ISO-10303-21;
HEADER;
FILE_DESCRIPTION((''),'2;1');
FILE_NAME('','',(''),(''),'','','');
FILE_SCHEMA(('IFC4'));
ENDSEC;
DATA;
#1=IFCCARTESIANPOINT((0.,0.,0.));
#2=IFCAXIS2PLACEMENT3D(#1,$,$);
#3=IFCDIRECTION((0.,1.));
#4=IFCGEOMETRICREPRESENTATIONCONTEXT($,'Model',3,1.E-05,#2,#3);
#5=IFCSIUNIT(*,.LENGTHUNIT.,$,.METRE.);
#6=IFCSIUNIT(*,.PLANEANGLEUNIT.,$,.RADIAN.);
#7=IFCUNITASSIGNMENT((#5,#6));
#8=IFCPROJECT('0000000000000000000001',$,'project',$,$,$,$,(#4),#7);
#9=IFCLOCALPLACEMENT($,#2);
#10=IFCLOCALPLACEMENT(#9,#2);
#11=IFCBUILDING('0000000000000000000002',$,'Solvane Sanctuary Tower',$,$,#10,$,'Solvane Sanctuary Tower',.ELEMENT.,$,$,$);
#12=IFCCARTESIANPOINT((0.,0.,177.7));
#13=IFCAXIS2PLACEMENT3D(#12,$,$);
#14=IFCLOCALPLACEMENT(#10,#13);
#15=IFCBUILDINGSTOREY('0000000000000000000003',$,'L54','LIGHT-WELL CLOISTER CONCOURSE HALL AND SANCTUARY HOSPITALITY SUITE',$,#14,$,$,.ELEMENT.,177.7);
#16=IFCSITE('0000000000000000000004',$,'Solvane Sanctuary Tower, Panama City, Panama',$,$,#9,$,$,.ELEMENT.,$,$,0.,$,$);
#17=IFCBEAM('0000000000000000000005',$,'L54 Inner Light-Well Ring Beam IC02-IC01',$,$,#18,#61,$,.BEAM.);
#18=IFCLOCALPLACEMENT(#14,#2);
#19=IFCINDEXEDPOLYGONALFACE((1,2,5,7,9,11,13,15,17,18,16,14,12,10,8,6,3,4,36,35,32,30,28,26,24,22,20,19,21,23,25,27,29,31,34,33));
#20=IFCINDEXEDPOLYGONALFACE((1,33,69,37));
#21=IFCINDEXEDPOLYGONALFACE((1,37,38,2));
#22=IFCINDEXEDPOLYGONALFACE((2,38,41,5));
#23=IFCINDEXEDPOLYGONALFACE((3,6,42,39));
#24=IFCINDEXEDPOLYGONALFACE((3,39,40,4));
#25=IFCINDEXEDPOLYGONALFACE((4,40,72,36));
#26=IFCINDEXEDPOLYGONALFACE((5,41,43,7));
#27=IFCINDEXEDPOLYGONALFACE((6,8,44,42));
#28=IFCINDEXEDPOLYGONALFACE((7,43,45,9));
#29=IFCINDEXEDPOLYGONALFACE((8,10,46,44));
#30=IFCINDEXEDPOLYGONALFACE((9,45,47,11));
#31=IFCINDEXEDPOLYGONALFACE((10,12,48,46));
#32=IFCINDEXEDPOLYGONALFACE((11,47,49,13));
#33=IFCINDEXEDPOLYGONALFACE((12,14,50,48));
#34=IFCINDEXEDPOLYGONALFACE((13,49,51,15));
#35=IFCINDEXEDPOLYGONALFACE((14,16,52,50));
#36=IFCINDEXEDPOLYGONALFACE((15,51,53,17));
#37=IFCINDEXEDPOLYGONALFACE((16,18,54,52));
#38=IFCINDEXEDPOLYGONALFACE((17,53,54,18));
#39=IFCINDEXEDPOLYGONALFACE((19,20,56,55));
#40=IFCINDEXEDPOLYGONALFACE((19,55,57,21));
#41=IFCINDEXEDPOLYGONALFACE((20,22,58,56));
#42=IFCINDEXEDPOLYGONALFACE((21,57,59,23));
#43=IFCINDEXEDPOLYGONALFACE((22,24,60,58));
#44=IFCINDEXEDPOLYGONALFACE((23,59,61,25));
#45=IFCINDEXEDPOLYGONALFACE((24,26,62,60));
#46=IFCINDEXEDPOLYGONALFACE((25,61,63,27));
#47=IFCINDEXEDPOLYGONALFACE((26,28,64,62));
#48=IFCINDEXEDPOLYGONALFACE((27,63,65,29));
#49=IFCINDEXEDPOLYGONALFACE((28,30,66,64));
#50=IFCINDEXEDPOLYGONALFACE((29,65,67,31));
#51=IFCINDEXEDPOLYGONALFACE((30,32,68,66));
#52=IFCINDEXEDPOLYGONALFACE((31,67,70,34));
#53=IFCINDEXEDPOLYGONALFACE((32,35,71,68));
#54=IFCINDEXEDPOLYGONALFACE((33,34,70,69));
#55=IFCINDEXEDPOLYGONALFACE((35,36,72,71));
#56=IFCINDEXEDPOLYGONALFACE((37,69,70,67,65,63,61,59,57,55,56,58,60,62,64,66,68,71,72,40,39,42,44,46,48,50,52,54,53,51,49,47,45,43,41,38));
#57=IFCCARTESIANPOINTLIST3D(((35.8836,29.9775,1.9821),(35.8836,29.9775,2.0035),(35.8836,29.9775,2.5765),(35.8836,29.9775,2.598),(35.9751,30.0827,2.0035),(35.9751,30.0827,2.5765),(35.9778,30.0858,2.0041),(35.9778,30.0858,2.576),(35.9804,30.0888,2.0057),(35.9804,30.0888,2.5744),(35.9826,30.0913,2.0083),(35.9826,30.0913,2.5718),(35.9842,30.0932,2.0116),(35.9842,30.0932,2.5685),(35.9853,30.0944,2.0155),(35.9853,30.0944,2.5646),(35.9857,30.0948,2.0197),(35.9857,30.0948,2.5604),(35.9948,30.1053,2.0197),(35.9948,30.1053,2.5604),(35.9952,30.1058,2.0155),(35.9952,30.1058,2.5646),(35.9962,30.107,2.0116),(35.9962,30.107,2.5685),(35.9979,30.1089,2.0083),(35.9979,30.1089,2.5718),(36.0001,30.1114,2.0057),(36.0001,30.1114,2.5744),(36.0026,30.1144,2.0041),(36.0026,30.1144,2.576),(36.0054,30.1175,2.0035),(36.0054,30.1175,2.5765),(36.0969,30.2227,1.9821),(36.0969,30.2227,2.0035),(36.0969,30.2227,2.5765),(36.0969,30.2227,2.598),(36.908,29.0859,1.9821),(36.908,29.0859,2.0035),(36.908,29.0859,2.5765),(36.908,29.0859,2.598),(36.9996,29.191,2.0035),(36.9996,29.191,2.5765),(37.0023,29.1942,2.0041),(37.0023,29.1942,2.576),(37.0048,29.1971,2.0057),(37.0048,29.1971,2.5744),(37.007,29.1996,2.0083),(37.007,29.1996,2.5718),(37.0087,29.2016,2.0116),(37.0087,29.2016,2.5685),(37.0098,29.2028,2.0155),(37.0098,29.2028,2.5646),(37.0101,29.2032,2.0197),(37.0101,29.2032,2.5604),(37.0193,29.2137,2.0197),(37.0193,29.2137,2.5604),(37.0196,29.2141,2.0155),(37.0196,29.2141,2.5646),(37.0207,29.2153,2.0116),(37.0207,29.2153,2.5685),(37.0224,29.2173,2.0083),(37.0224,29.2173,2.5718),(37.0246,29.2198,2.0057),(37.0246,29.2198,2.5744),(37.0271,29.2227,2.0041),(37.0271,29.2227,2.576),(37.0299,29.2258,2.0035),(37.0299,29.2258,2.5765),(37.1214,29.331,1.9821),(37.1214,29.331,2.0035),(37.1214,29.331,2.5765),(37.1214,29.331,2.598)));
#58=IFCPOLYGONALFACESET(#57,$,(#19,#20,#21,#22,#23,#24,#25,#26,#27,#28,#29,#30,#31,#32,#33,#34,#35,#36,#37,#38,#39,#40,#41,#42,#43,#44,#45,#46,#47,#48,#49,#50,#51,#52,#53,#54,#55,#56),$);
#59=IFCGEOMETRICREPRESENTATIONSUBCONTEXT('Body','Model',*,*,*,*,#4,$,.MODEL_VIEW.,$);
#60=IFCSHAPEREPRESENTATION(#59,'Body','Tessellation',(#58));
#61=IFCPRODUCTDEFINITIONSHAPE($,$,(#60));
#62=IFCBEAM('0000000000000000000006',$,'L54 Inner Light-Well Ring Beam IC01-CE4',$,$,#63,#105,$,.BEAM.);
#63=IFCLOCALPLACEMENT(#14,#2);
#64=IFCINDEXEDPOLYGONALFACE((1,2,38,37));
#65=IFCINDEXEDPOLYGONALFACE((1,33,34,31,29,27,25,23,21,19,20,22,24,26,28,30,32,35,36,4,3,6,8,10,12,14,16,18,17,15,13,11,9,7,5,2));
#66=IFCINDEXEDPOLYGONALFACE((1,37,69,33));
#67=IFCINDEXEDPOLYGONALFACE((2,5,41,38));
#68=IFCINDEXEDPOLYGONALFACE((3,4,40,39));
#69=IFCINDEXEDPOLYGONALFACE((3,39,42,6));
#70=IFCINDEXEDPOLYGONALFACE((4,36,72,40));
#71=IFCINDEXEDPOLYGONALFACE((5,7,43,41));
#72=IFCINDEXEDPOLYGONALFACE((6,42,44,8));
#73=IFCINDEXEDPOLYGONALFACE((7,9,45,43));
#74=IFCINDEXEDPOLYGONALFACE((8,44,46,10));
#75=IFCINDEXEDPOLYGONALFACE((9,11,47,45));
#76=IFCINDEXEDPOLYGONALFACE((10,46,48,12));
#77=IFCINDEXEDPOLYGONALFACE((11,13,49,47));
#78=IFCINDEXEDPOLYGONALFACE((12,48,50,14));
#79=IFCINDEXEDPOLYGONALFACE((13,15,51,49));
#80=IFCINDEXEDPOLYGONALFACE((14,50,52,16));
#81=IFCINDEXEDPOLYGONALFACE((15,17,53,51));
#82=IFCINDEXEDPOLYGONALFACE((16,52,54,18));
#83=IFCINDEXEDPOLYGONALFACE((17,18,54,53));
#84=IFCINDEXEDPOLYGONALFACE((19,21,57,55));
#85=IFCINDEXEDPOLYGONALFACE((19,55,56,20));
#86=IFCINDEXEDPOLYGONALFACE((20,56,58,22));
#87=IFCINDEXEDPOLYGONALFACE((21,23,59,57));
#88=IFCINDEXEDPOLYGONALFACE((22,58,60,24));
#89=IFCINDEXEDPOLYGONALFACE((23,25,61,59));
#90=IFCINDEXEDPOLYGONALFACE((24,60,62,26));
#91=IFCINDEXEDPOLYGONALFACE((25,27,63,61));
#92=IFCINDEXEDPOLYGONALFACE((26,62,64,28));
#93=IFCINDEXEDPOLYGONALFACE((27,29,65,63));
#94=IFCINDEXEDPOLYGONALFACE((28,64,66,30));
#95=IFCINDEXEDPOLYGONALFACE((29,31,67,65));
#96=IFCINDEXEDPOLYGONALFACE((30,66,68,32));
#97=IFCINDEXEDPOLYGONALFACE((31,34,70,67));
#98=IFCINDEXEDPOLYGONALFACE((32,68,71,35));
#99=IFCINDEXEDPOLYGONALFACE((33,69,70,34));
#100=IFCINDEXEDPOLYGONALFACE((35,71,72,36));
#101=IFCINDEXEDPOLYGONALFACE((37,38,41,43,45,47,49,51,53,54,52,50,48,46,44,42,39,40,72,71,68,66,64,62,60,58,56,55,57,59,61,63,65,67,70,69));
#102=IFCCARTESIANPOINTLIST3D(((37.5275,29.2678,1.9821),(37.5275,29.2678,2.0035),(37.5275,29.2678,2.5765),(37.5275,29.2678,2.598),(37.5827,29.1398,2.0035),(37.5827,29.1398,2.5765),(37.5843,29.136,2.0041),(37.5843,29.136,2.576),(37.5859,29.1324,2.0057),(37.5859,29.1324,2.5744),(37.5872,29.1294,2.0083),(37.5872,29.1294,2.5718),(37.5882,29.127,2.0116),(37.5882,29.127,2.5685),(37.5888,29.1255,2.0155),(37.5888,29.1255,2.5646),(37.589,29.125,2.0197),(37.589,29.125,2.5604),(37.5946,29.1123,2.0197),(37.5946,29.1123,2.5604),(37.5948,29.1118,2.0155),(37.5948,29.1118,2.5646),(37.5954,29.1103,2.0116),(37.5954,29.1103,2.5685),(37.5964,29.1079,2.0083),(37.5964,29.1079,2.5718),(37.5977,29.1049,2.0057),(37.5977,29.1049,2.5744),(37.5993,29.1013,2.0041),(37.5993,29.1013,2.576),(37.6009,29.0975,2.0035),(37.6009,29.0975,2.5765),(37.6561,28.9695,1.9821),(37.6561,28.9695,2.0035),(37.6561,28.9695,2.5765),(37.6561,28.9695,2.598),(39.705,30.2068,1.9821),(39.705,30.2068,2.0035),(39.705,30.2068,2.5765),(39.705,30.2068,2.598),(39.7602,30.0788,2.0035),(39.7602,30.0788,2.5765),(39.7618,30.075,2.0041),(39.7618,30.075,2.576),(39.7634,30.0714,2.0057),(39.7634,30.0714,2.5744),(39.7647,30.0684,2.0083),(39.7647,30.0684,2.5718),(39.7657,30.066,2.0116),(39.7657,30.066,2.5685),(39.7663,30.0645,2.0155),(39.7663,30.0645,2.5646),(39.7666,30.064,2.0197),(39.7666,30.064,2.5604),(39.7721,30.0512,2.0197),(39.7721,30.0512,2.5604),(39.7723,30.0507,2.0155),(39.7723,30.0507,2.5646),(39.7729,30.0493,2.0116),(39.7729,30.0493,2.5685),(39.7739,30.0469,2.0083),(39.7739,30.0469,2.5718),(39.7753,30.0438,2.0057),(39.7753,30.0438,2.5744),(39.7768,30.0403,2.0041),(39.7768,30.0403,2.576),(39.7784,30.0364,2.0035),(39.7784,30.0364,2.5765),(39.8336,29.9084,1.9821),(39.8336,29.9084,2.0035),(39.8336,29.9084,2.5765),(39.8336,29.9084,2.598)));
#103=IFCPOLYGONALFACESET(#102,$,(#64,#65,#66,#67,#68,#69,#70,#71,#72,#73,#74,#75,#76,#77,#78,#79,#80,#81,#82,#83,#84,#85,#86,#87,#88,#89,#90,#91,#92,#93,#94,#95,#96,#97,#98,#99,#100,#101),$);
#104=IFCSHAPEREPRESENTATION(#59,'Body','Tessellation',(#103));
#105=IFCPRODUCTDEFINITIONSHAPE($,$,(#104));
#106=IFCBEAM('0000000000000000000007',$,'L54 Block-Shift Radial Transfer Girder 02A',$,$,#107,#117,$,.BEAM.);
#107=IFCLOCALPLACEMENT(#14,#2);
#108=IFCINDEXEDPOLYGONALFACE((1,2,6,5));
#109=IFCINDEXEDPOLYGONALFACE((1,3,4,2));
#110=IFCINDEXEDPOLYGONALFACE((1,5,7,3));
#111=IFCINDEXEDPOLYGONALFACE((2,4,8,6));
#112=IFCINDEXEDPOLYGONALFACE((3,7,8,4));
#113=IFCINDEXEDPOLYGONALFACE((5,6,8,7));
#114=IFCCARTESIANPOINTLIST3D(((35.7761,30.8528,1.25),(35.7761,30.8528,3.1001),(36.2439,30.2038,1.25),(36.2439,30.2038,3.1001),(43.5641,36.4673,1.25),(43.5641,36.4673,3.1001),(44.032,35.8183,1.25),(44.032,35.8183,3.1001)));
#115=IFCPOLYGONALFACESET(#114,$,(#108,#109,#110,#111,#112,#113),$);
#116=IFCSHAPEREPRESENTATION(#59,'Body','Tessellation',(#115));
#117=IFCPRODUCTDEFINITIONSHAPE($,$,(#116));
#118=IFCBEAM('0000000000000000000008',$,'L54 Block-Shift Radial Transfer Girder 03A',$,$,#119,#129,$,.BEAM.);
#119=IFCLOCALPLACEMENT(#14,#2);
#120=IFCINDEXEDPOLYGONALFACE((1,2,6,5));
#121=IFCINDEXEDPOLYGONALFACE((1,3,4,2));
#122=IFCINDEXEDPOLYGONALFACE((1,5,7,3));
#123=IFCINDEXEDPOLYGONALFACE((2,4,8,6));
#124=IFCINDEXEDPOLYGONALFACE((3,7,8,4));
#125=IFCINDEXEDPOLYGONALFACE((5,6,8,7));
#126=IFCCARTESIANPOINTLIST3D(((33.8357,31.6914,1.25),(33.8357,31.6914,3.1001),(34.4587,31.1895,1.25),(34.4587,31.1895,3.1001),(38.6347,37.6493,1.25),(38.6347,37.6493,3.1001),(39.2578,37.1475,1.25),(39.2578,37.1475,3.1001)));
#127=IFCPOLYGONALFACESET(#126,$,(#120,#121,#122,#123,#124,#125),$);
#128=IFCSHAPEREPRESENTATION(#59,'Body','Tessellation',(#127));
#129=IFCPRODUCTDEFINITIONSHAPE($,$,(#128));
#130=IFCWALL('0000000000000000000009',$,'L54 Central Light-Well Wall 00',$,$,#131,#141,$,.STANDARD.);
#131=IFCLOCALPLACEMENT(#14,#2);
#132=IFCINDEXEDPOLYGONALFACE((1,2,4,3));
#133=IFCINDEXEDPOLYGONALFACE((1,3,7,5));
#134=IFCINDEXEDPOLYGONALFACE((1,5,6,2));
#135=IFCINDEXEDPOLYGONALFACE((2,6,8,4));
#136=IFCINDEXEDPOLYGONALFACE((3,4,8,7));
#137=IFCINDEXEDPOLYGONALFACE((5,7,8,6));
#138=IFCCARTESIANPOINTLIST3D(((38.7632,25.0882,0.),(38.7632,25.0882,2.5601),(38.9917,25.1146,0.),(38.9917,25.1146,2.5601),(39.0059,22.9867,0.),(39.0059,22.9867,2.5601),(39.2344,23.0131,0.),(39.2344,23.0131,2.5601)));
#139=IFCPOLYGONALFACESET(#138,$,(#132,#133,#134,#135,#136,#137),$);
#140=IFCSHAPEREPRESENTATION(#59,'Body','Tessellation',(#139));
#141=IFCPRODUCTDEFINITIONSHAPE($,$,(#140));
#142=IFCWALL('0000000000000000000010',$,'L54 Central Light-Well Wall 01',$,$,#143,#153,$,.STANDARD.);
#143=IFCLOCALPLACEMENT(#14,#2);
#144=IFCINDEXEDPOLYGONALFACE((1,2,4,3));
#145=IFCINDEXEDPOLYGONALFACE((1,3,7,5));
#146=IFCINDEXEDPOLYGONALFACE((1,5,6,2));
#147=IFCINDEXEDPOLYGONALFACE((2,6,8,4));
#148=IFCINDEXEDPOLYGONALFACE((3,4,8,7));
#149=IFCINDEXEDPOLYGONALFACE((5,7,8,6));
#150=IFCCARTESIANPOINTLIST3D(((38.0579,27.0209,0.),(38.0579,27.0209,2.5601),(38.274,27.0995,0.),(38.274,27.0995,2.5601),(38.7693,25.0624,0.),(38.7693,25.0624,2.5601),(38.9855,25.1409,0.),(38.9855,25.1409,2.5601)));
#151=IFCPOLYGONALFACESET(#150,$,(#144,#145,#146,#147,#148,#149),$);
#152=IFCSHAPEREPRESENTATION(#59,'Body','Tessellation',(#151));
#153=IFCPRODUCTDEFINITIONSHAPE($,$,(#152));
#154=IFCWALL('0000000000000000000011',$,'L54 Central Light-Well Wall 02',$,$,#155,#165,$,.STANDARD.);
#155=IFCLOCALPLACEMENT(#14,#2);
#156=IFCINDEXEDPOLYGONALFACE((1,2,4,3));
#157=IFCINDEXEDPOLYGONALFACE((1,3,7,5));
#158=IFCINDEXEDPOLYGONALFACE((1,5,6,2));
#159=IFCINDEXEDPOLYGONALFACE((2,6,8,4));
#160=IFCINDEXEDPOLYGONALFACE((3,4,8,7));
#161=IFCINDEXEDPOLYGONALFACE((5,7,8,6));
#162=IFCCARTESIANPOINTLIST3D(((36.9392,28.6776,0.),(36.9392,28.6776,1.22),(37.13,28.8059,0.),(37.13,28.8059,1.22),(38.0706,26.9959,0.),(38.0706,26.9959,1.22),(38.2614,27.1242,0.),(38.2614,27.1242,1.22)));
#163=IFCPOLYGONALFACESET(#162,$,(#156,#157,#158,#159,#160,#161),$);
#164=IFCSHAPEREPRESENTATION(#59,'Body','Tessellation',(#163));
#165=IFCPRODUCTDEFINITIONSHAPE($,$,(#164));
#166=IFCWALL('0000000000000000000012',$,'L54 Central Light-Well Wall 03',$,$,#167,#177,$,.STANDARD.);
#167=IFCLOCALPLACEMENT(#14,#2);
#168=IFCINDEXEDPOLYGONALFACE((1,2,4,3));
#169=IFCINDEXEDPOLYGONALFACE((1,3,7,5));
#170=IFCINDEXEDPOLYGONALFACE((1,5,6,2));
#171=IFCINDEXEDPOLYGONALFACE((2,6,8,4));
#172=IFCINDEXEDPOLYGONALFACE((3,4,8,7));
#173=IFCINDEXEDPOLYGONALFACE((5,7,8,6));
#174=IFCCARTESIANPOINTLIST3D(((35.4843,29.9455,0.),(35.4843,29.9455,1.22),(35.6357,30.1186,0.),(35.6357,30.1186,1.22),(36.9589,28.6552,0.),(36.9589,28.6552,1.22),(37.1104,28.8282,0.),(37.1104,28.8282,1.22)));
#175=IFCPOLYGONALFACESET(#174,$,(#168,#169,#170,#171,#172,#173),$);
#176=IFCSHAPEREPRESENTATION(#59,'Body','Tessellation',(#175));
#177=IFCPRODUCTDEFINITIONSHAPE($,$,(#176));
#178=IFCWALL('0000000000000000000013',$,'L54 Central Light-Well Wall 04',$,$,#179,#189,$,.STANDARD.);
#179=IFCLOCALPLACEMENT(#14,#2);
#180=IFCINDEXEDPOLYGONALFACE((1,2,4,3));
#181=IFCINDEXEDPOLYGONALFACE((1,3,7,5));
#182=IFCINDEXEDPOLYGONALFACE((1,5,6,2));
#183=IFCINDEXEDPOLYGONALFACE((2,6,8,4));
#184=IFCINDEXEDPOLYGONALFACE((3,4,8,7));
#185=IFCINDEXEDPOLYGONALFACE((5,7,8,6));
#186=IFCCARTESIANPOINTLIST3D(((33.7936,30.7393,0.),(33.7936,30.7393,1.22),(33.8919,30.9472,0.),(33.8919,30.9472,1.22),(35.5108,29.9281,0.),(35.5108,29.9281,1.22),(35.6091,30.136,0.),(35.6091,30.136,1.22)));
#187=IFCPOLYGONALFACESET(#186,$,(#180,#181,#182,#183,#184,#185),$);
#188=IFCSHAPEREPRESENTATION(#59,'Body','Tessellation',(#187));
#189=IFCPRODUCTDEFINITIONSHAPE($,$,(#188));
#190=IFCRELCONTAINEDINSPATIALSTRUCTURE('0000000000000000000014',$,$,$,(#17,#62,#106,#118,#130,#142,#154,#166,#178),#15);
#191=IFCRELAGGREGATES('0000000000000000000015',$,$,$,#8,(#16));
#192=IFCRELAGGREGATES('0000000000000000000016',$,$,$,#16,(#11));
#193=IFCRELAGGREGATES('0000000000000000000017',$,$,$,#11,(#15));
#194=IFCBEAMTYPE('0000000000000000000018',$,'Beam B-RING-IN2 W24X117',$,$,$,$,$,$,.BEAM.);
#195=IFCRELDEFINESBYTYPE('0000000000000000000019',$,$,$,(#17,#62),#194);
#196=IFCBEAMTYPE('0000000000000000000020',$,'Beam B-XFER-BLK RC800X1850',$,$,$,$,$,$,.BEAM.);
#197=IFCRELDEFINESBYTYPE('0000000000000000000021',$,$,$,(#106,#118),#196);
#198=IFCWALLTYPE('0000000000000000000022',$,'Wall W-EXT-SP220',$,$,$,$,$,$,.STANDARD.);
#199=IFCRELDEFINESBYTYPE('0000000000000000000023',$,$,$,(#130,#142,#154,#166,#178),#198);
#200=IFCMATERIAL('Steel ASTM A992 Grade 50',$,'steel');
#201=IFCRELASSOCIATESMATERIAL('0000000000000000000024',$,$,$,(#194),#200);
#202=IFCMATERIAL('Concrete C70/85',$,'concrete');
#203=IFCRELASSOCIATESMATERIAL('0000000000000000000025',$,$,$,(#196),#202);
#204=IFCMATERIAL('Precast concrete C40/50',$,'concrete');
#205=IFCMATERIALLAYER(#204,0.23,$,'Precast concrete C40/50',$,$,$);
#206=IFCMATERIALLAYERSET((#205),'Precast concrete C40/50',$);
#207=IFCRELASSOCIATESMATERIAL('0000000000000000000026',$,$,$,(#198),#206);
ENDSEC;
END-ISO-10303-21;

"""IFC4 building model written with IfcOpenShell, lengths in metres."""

from ifc_helpers import new_model, si_unit, direction, frame, frame_2d, origin, origin_2d, place, context, subcontext, project, spatial, rectangle, i_section, extrude, material, layer, layer_set, material_profile, profile_set, type_object, element, save


model = new_model("IFC4")

# Units and contexts
model_context = context("Model", 3, precision=1e-05, world=origin(), true_north=direction((0.0, 1.0)))
body_context = subcontext(model_context, "Body", "Model", "MODEL_VIEW")
ifc_project = project(units=[si_unit("LENGTHUNIT", "METRE"), si_unit("PLANEANGLEUNIT", "RADIAN")], contexts=[model_context])

# Site, building, storey
site_placement = place(None, origin())
site = spatial("IfcSite", under=ifc_project, at=site_placement, Name="Solvane Sanctuary Tower, Panama City, Panama", CompositionType="ELEMENT", RefElevation=0.0)
building_placement = place(site_placement, origin())
building = spatial("IfcBuilding", under=site, at=building_placement, Name="Solvane Sanctuary Tower", LongName="Solvane Sanctuary Tower", CompositionType="ELEMENT")
storey_placement = place(building_placement, frame((0.0, 0.0, 177.7)))
storey = spatial("IfcBuildingStorey", under=building, at=storey_placement, Name="L54", Description="LIGHT-WELL CLOISTER CONCOURSE HALL AND SANCTUARY HOSPITALITY SUITE", CompositionType="ELEMENT", Elevation=177.7)

# Beams
ifc_material_1 = material(Name="Steel ASTM A992 Grade 50", Category="steel")
ifc_material_profile_1 = material_profile(ifc_material_1, i_section(OverallWidth=0.325, OverallDepth=0.616, WebThickness=0.0139, FlangeThickness=0.0215, FilletRadius=0.0161, at=origin_2d()), Name="W24X117")
ifc_profile_set_1 = profile_set([ifc_material_profile_1], Name="Steel ASTM A992 Grade 50")
beam_type_1 = type_object("IfcBeamType", Name="Beam B-RING-IN2 W24X117", PredefinedType="BEAM", material=ifc_profile_set_1)
beam_1_placement = place(storey_placement, frame((35.9902, 30.1001, 2.29), z_axis=(0.754311, -0.656517, 0.0), x_axis=(0.656517, 0.754311, 0.0)))
element("IfcBeam", 1, at=beam_1_placement, inside=storey, type_object=beam_type_1, Name="L54 Inner Light-Well Ring Beam IC02-IC01", PredefinedType="BEAM", context=body_context, shape_type="SweptSolid", body=[
    extrude(i_section(OverallWidth=0.325, OverallDepth=0.616, WebThickness=0.0139, FlangeThickness=0.0215, FilletRadius=0.0161, at=origin_2d()), origin(), (0.0, 0.0, 1.0), 1.3582),
])
beam_2_placement = place(storey_placement, frame((37.5918, 29.1187, 2.29), z_axis=(0.918264, 0.395969, 0.0), x_axis=(-0.395969, 0.918264, 0.0)))
element("IfcBeam", 2, at=beam_2_placement, inside=storey, type_object=beam_type_1, Name="L54 Inner Light-Well Ring Beam IC01-CE4", PredefinedType="BEAM", context=body_context, shape_type="SweptSolid", body=[
    extrude(i_section(OverallWidth=0.325, OverallDepth=0.616, WebThickness=0.0139, FlangeThickness=0.0215, FilletRadius=0.0161, at=origin_2d()), origin(), (0.0, 0.0, 1.0), 2.3713),
])
ifc_material_2 = material(Name="Concrete C70/85", Category="concrete")
ifc_material_profile_2 = material_profile(ifc_material_2, rectangle(XDim=0.8, YDim=1.8501, at=origin_2d()), Name="RC800X1850")
ifc_profile_set_2 = profile_set([ifc_material_profile_2], Name="Concrete C70/85")
beam_type_2 = type_object("IfcBeamType", Name="Beam B-XFER-BLK RC800X1850", PredefinedType="BEAM", material=ifc_profile_set_2)
beam_3_placement = place(storey_placement, frame((36.01, 30.5283, 2.175), z_axis=(0.811185, 0.58479, 0.0), x_axis=(-0.58479, 0.811185, 0.0)))
element("IfcBeam", 3, at=beam_3_placement, inside=storey, type_object=beam_type_2, Name="L54 Block-Shift Radial Transfer Girder 02A", PredefinedType="BEAM", context=body_context, shape_type="SweptSolid", body=[
    extrude(rectangle(XDim=0.8, YDim=1.8501, at=origin_2d()), origin(), (0.0, 0.0, 1.0), 9.6008),
])
beam_4_placement = place(storey_placement, frame((34.1472, 31.4404, 2.175), z_axis=(0.627295, 0.778782, 0.0), x_axis=(-0.778782, 0.627295, 0.0)))
element("IfcBeam", 4, at=beam_4_placement, inside=storey, type_object=beam_type_2, Name="L54 Block-Shift Radial Transfer Girder 03A", PredefinedType="BEAM", context=body_context, shape_type="SweptSolid", body=[
    extrude(rectangle(XDim=0.8, YDim=1.8501, at=origin_2d()), origin(), (0.0, 0.0, 1.0), 7.6504),
])

# Walls
ifc_material_3 = material(Name="Precast concrete C40/50", Category="concrete")
ifc_layer = layer(ifc_material_3, 0.23, Name="Precast concrete C40/50")
ifc_layer_set = layer_set([ifc_layer], Name="Precast concrete C40/50")
wall_type = type_object("IfcWallType", Name="Wall W-EXT-SP220", PredefinedType="STANDARD", material=ifc_layer_set)
wall_1_placement = place(storey_placement, frame((39.1201, 23.0, 0.0), z_axis=(0.0, 0.0, 1.0), x_axis=(-0.114712, 0.993399, 0.0)))
element("IfcWall", 5, at=wall_1_placement, inside=storey, type_object=wall_type, Name="L54 Central Light-Well Wall 00", PredefinedType="STANDARD", context=body_context, shape_type="SweptSolid", body=[
    extrude(rectangle(XDim=2.1155, YDim=0.23, at=frame_2d((1.0576, 0.0))), origin(), (0.0, 0.0, 1.0), 2.5601),
])
wall_2_placement = place(storey_placement, frame((38.8774, 25.1016, 0.0), z_axis=(0.0, 0.0, 1.0), x_axis=(-0.341423, 0.93991, 0.0)))
element("IfcWall", 6, at=wall_2_placement, inside=storey, type_object=wall_type, Name="L54 Central Light-Well Wall 01", PredefinedType="STANDARD", context=body_context, shape_type="SweptSolid", body=[
    extrude(rectangle(XDim=2.0837, YDim=0.23, at=frame_2d((1.042, 0.0))), origin(), (0.0, 0.0, 1.0), 2.5601),
])
wall_3_placement = place(storey_placement, frame((38.166, 27.0601, 0.0), z_axis=(0.0, 0.0, 1.0), x_axis=(-0.558198, 0.829708, 0.0)))
element("IfcWall", 7, at=wall_3_placement, inside=storey, type_object=wall_type, Name="L54 Central Light-Well Wall 02", PredefinedType="STANDARD", context=body_context, shape_type="SweptSolid", body=[
    extrude(rectangle(XDim=2.0269, YDim=0.23, at=frame_2d((1.0134, 0.0))), origin(), (0.0, 0.0, 1.0), 1.22),
])
wall_4_placement = place(storey_placement, frame((37.0347, 28.7417, 0.0), z_axis=(0.0, 0.0, 1.0), x_axis=(-0.752577, 0.658505, 0.0)))
element("IfcWall", 8, at=wall_4_placement, inside=storey, type_object=wall_type, Name="L54 Central Light-Well Wall 03", PredefinedType="STANDARD", context=body_context, shape_type="SweptSolid", body=[
    extrude(rectangle(XDim=1.9595, YDim=0.23, at=frame_2d((0.9797, 0.0))), origin(), (0.0, 0.0, 1.0), 1.22),
])
wall_5_placement = place(storey_placement, frame((35.5601, 30.032, 0.0), z_axis=(0.0, 0.0, 1.0), x_axis=(-0.90418, 0.427152, 0.0)))
element("IfcWall", 9, at=wall_5_placement, inside=storey, type_object=wall_type, Name="L54 Central Light-Well Wall 04", PredefinedType="STANDARD", context=body_context, shape_type="SweptSolid", body=[
    extrude(rectangle(XDim=1.8992, YDim=0.23, at=frame_2d((0.9497, 0.0))), origin(), (0.0, 0.0, 1.0), 1.22),
])

save(model, "model.ifc")
